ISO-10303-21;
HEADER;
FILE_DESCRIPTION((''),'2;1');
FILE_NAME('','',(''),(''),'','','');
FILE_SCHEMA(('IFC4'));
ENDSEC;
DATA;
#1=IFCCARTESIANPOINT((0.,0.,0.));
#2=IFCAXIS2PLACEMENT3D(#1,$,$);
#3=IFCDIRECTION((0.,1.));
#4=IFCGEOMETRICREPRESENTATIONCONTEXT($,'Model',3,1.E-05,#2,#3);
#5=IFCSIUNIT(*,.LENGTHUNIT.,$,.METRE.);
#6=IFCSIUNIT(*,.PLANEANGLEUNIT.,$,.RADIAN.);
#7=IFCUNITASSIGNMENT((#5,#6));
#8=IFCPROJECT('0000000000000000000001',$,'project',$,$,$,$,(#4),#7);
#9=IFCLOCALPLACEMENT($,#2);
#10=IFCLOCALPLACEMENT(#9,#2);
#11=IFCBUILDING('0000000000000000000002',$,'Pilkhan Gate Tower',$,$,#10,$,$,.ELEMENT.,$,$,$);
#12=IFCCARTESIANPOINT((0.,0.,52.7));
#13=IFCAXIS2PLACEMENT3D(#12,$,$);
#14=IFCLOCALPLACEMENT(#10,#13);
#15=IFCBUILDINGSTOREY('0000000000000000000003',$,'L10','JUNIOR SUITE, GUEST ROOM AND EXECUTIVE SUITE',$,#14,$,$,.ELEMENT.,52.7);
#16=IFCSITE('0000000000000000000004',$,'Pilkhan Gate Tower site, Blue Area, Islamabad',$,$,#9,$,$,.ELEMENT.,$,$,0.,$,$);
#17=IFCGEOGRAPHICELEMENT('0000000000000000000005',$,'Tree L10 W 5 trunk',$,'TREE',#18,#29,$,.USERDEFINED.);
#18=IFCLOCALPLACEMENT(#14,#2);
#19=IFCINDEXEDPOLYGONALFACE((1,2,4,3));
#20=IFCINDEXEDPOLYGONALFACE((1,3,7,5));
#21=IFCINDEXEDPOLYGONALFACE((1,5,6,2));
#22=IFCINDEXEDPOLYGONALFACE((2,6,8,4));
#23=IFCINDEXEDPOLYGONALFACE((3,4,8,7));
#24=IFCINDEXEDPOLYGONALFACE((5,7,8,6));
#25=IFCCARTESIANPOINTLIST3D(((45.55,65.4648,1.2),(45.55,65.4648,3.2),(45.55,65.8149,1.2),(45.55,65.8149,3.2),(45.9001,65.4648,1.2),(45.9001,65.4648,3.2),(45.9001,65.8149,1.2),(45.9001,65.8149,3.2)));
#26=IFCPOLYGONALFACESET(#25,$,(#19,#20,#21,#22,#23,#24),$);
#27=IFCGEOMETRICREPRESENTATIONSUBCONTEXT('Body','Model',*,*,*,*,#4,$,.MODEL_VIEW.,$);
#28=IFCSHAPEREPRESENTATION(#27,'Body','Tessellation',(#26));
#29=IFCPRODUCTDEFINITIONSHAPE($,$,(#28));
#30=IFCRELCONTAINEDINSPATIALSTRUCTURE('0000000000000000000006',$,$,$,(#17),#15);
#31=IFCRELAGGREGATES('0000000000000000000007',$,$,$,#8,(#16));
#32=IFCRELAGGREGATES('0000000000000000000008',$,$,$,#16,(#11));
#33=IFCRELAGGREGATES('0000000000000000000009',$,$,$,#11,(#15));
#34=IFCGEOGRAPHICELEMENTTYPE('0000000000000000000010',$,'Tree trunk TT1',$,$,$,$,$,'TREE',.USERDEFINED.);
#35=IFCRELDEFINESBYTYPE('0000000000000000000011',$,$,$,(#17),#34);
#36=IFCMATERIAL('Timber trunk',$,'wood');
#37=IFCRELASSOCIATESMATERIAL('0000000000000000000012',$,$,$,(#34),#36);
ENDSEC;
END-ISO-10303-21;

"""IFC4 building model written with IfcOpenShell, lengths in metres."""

from ifc_helpers import new_model, si_unit, direction, frame, origin, origin_2d, place, context, subcontext, project, spatial, rectangle, extrude, material, type_object, element, save


model = new_model("IFC4")

# Units and contexts
model_context = context("Model", 3, precision=1e-05, world=origin(), true_north=direction((0.0, 1.0)))
body_context = subcontext(model_context, "Body", "Model", "MODEL_VIEW")
ifc_project = project(units=[si_unit("LENGTHUNIT", "METRE"), si_unit("PLANEANGLEUNIT", "RADIAN")], contexts=[model_context])

# Site, building, storey
site_placement = place(None, origin())
site = spatial("IfcSite", under=ifc_project, at=site_placement, Name="Pilkhan Gate Tower site, Blue Area, Islamabad", CompositionType="ELEMENT", RefElevation=0.0)
building_placement = place(site_placement, origin())
building = spatial("IfcBuilding", under=site, at=building_placement, Name="Pilkhan Gate Tower", CompositionType="ELEMENT")
storey_placement = place(building_placement, frame((0.0, 0.0, 52.7)))
storey = spatial("IfcBuildingStorey", under=building, at=storey_placement, Name="L10", Description="JUNIOR SUITE, GUEST ROOM AND EXECUTIVE SUITE", CompositionType="ELEMENT", Elevation=52.7)

# Geographic element
ifc_material_1 = material(Name="Timber trunk", Category="wood")
geographic_element_type_1 = type_object("IfcGeographicElementType", Name="Tree trunk TT1", ElementType="TREE", PredefinedType="USERDEFINED", material=ifc_material_1)
for number, where, z_axis, x_axis, name in (
    (1, (45.7251, 65.6399, 1.2), (0.0, 0.0, 1.0), (1.0, 0.0, 0.0), "Tree L10 W 5 trunk"),
):
    element("IfcGeographicElement", number, at=place(storey_placement, frame(where, z_axis=z_axis, x_axis=x_axis)), inside=storey, type_object=geographic_element_type_1, Name=name, ObjectType="TREE", PredefinedType="USERDEFINED", context=body_context, shape_type="SweptSolid", body=[
        extrude(rectangle(XDim=0.3501, YDim=0.3501, at=origin_2d()), origin(), (0.0, 0.0, 1.0), 2.0),
    ])

save(model, "model.ifc")
